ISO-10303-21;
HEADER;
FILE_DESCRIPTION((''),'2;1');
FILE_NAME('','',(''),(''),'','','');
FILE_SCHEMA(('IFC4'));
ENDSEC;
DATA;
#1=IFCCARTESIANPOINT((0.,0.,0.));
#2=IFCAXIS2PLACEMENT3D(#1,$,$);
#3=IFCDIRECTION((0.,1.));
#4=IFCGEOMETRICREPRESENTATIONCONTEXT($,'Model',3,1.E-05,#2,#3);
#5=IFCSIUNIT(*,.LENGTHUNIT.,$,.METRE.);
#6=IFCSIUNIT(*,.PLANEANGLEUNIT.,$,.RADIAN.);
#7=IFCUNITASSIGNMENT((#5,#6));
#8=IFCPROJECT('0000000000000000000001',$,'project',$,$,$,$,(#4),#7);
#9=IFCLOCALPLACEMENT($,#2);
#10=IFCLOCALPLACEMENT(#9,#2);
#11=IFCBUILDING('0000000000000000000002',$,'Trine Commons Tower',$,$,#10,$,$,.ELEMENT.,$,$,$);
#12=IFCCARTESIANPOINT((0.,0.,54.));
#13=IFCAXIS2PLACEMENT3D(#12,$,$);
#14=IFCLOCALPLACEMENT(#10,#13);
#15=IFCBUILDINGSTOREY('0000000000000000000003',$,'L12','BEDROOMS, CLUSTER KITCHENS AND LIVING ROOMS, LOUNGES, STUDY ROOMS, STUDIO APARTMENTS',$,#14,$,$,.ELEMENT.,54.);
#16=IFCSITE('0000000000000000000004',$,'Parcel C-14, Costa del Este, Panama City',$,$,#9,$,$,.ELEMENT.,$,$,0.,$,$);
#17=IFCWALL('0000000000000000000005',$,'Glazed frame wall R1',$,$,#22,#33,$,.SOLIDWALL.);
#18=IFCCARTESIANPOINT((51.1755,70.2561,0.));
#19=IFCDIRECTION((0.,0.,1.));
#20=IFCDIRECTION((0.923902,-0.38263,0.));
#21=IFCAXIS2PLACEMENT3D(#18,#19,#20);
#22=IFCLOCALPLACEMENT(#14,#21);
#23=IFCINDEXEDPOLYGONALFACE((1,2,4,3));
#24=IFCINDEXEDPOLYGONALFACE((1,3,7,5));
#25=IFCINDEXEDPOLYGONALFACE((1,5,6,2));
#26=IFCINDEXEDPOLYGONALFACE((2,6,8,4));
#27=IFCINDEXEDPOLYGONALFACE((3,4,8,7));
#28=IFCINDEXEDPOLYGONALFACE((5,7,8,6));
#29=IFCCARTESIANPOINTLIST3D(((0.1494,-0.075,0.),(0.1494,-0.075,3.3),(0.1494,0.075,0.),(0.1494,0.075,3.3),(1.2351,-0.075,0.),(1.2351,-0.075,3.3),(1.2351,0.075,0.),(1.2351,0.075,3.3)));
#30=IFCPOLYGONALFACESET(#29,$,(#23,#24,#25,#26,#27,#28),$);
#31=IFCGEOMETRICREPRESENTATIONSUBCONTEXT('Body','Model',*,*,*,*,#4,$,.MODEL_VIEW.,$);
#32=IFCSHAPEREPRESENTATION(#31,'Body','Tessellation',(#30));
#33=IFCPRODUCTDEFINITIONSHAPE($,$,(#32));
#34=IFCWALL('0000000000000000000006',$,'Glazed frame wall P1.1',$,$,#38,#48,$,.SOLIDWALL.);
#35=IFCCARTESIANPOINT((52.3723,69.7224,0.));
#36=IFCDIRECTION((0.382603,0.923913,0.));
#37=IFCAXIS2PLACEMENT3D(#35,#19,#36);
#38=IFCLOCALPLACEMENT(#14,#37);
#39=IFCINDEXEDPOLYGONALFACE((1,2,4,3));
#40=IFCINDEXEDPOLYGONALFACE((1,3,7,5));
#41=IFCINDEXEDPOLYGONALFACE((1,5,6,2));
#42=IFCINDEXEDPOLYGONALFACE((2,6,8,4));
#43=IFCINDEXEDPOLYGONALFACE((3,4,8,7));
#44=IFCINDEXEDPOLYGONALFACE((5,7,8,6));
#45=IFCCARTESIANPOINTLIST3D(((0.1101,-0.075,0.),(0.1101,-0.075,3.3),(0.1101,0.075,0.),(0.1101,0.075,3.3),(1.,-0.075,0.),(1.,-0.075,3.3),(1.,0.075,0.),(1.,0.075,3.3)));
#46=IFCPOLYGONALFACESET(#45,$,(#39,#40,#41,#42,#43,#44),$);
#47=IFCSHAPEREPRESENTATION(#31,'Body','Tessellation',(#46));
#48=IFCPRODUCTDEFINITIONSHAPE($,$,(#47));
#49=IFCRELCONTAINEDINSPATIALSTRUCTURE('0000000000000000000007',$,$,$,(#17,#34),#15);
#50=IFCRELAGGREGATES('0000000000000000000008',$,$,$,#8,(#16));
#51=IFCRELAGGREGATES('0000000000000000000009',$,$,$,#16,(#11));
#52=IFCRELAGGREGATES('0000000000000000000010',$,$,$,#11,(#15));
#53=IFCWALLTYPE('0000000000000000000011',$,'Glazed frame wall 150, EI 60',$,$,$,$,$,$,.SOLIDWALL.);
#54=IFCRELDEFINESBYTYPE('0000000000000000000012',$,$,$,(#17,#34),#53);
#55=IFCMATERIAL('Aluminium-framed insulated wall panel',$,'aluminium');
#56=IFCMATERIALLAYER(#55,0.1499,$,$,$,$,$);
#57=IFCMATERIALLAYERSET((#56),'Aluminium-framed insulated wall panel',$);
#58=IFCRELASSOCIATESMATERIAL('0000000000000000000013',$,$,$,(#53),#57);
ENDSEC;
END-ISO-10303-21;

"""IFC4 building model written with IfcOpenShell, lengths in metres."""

from ifc_helpers import new_model, si_unit, direction, frame, origin, place, context, subcontext, project, spatial, polyline, outline, extrude, material, layer, layer_set, type_object, element, save


model = new_model("IFC4")

# Units and contexts
model_context = context("Model", 3, precision=1e-05, world=origin(), true_north=direction((0.0, 1.0)))
body_context = subcontext(model_context, "Body", "Model", "MODEL_VIEW")
ifc_project = project(units=[si_unit("LENGTHUNIT", "METRE"), si_unit("PLANEANGLEUNIT", "RADIAN")], contexts=[model_context])

# Site, building, storey
site_placement = place(None, origin())
site = spatial("IfcSite", under=ifc_project, at=site_placement, Name="Parcel C-14, Costa del Este, Panama City", CompositionType="ELEMENT", RefElevation=0.0)
building_placement = place(site_placement, origin())
building = spatial("IfcBuilding", under=site, at=building_placement, Name="Trine Commons Tower", CompositionType="ELEMENT")
storey_placement = place(building_placement, frame((0.0, 0.0, 54.0)))
storey = spatial("IfcBuildingStorey", under=building, at=storey_placement, Name="L12", Description="BEDROOMS, CLUSTER KITCHENS AND LIVING ROOMS, LOUNGES, STUDY ROOMS, STUDIO APARTMENTS", CompositionType="ELEMENT", Elevation=54.0)

# Walls
ifc_material_1 = material(Name="Aluminium-framed insulated wall panel", Category="aluminium")
ifc_layer_1 = layer(ifc_material_1, 0.1499)
ifc_layer_set_1 = layer_set([ifc_layer_1], Name="Aluminium-framed insulated wall panel")
wall_type_1 = type_object("IfcWallType", Name="Glazed frame wall 150, EI 60", PredefinedType="SOLIDWALL", material=ifc_layer_set_1)
wall_1_placement = place(storey_placement, frame((51.1755, 70.2561, 0.0), z_axis=(0.0, 0.0, 1.0), x_axis=(0.923902, -0.38263, 0.0)))
element("IfcWall", 1, at=wall_1_placement, inside=storey, type_object=wall_type_1, Name="Glazed frame wall R1", PredefinedType="SOLIDWALL", context=body_context, shape_type="SweptSolid", body=[
    extrude(outline(polyline([(0.1494, 0.075), (0.1494, -0.075), (1.2351, -0.075), (1.2351, 0.075), (0.1494, 0.075)])), origin(), (0.0, 0.0, 1.0), 3.3),
])
wall_2_placement = place(storey_placement, frame((52.3723, 69.7224, 0.0), z_axis=(0.0, 0.0, 1.0), x_axis=(0.382603, 0.923913, 0.0)))
element("IfcWall", 2, at=wall_2_placement, inside=storey, type_object=wall_type_1, Name="Glazed frame wall P1.1", PredefinedType="SOLIDWALL", context=body_context, shape_type="SweptSolid", body=[
    extrude(outline(polyline([(0.1101, -0.075), (1.0, -0.075), (1.0, 0.075), (0.1101, 0.075), (0.1101, -0.075)])), origin(), (0.0, 0.0, 1.0), 3.3),
])

save(model, "model.ifc")
